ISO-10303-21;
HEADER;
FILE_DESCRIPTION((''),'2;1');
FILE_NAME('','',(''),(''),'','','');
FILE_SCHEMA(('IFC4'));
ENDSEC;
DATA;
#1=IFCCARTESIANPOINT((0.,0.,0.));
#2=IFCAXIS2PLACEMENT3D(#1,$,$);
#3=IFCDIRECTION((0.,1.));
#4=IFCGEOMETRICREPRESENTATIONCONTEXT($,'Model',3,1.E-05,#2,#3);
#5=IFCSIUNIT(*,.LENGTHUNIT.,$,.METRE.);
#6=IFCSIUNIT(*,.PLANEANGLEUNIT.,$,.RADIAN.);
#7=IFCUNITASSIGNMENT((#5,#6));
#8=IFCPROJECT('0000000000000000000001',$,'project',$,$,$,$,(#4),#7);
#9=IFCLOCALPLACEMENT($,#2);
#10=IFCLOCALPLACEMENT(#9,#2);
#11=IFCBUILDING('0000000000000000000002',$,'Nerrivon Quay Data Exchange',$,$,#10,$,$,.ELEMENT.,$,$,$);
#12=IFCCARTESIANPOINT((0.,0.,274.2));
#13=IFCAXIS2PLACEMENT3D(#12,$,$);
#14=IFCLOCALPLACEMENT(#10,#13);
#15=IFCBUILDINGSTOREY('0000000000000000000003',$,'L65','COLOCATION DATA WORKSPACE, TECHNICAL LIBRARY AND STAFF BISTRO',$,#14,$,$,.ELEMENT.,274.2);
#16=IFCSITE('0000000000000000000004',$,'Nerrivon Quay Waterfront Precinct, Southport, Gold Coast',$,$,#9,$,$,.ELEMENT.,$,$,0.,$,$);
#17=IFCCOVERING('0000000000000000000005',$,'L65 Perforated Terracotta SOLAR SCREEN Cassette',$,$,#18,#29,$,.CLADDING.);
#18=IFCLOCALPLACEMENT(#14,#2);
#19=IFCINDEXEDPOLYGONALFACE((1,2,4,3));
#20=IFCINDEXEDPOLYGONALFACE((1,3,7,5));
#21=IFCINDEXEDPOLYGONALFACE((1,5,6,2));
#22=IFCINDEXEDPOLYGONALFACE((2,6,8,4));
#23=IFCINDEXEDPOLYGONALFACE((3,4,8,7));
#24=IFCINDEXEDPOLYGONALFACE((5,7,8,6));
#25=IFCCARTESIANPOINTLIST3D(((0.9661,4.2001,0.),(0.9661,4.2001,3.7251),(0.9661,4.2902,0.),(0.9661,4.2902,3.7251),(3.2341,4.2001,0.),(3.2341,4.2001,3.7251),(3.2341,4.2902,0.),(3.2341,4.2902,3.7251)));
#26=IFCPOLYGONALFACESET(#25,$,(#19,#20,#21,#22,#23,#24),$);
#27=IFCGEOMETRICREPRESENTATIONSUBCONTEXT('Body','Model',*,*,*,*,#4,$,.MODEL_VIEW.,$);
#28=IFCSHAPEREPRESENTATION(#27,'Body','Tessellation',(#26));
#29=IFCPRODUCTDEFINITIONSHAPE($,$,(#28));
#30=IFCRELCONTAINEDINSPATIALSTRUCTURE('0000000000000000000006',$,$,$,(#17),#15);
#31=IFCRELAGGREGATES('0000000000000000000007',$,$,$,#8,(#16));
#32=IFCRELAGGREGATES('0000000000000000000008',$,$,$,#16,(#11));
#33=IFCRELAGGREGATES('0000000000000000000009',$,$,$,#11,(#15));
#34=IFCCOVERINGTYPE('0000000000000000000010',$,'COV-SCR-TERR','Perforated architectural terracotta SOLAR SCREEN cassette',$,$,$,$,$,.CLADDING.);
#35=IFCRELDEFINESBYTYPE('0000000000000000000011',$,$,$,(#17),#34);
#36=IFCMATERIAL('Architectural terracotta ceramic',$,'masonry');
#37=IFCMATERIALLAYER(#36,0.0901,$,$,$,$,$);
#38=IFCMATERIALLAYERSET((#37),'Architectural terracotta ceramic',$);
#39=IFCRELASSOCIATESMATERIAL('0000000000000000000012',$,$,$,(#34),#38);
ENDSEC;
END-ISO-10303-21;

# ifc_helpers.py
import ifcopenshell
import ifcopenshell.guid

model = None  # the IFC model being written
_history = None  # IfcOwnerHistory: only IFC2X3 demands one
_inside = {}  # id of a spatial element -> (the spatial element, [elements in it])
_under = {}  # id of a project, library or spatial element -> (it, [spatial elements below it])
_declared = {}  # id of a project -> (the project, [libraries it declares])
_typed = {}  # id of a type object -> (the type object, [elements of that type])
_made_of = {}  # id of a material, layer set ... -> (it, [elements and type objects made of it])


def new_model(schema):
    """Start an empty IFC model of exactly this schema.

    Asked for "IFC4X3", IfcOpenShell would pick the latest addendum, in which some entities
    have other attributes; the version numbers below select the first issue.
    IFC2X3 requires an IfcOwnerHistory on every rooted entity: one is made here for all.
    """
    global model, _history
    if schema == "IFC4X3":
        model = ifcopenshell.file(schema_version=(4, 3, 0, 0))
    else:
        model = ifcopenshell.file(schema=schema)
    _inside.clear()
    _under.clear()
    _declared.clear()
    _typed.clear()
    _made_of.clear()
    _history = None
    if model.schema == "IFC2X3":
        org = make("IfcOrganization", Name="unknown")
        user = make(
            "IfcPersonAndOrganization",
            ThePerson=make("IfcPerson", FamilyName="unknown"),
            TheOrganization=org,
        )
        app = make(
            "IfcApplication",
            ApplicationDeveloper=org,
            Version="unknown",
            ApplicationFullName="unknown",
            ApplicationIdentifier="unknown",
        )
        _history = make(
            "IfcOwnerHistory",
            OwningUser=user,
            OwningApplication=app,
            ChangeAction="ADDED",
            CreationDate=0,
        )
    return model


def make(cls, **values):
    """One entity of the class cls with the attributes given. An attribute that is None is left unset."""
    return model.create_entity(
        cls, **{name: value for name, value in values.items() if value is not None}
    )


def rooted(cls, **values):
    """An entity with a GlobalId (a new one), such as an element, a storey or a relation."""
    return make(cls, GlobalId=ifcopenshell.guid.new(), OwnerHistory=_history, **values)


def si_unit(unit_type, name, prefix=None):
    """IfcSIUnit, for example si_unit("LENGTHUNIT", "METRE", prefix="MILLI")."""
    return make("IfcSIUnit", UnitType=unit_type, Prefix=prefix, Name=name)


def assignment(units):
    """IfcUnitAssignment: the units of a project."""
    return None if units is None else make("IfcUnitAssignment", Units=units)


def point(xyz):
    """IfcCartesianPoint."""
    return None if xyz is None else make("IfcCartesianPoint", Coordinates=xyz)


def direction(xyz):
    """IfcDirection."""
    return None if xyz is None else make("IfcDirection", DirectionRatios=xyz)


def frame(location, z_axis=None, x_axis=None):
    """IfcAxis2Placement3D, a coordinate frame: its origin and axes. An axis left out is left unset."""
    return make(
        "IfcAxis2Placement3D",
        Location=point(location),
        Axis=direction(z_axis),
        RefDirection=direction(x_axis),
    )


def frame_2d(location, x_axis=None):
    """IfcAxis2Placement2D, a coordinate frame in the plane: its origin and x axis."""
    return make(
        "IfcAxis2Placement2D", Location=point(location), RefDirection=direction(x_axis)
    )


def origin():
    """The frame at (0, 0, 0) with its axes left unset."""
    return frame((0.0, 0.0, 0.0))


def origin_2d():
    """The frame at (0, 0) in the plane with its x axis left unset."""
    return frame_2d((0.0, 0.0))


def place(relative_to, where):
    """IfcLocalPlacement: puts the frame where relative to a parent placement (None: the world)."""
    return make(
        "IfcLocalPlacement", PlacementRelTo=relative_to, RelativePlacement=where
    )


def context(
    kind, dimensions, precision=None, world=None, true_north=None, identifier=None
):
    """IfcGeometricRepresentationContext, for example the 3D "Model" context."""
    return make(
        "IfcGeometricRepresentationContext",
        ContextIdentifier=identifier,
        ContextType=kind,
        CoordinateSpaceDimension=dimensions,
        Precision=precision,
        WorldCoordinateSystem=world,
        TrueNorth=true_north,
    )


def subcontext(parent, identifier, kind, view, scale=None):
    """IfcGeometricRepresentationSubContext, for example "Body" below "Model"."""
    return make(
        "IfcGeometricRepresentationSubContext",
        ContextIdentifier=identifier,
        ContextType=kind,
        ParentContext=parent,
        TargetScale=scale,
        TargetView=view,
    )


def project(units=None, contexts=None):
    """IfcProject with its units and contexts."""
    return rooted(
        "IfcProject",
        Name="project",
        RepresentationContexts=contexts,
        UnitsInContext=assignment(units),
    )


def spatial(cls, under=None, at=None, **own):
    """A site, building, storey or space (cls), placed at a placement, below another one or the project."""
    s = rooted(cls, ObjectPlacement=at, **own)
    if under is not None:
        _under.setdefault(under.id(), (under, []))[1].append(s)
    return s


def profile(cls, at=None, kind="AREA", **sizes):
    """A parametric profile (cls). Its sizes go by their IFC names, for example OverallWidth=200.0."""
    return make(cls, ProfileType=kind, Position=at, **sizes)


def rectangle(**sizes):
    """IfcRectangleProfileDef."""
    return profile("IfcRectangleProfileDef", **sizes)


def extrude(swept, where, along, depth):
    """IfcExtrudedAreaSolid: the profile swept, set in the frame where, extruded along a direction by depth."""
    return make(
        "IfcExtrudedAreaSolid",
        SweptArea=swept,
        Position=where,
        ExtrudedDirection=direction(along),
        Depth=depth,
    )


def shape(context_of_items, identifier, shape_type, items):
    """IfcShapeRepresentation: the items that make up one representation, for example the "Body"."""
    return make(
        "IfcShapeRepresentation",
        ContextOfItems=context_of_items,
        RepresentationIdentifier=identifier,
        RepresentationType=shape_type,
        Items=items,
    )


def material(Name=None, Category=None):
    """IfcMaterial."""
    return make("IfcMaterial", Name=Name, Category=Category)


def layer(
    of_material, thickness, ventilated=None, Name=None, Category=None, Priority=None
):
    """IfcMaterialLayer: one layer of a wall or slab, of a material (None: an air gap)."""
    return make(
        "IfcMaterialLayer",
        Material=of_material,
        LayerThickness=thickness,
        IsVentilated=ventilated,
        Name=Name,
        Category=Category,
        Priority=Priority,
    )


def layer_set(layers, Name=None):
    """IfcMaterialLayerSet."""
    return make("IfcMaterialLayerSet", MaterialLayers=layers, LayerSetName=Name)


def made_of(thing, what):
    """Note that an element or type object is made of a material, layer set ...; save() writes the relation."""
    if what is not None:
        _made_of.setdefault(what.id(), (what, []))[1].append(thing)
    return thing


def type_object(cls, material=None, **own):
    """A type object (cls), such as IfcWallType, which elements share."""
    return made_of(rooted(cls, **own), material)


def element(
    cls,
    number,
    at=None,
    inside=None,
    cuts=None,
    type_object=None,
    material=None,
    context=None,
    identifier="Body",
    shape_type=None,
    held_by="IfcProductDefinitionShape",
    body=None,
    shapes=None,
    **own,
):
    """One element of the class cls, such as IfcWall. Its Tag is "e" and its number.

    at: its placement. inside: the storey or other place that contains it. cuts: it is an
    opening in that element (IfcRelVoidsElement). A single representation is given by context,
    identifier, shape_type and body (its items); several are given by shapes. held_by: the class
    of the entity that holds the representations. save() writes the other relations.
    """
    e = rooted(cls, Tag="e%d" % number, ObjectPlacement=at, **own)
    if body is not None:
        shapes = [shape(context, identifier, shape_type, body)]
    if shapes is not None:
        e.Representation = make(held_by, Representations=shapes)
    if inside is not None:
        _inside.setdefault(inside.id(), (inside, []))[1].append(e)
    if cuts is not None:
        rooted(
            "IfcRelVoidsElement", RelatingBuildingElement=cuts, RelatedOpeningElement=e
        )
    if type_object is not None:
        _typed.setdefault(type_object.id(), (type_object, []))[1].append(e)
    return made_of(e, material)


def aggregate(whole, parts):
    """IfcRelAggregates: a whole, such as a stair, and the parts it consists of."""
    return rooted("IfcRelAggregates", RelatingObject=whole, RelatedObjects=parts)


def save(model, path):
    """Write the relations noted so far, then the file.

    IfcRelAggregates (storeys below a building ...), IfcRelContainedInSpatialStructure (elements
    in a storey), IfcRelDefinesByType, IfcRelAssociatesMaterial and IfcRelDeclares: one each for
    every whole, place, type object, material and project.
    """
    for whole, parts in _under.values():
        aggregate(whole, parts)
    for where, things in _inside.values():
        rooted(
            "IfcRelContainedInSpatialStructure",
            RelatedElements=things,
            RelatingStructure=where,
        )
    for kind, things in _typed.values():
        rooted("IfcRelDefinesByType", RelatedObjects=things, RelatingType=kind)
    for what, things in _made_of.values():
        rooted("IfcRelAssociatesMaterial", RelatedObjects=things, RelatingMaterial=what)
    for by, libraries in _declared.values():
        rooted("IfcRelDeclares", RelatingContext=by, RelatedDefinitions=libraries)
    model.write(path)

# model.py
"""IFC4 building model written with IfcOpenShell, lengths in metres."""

from ifc_helpers import new_model, si_unit, direction, frame, origin, origin_2d, place, context, subcontext, project, spatial, rectangle, extrude, material, layer, layer_set, type_object, element, save


model = new_model("IFC4")

# Units and contexts
model_context = context("Model", 3, precision=1e-05, world=origin(), true_north=direction((0.0, 1.0)))
body_context = subcontext(model_context, "Body", "Model", "MODEL_VIEW")
ifc_project = project(units=[si_unit("LENGTHUNIT", "METRE"), si_unit("PLANEANGLEUNIT", "RADIAN")], contexts=[model_context])

# Site, building, storey
site_placement = place(None, origin())
site = spatial("IfcSite", under=ifc_project, at=site_placement, Name="Nerrivon Quay Waterfront Precinct, Southport, Gold Coast", CompositionType="ELEMENT", RefElevation=0.0)
building_placement = place(site_placement, origin())
building = spatial("IfcBuilding", under=site, at=building_placement, Name="Nerrivon Quay Data Exchange", CompositionType="ELEMENT")
storey_placement = place(building_placement, frame((0.0, 0.0, 274.2)))
storey = spatial("IfcBuildingStorey", under=building, at=storey_placement, Name="L65", Description="COLOCATION DATA WORKSPACE, TECHNICAL LIBRARY AND STAFF BISTRO", CompositionType="ELEMENT", Elevation=274.2)

# Covering
ifc_material_1 = material(Name="Architectural terracotta ceramic", Category="masonry")
ifc_layer_1 = layer(ifc_material_1, 0.0901)
ifc_layer_set_1 = layer_set([ifc_layer_1], Name="Architectural terracotta ceramic")
covering_type = type_object("IfcCoveringType", Name="COV-SCR-TERR", Description="Perforated architectural terracotta SOLAR SCREEN cassette", PredefinedType="CLADDING", material=ifc_layer_set_1)
for number, where, z_axis, x_axis, name in (
    (1, (2.1001, 4.2451, 0.0), (0.0, 0.0, 1.0), (-1.0, 0.0, 0.0), "L65 Perforated Terracotta SOLAR SCREEN Cassette"),
):
    element("IfcCovering", number, at=place(storey_placement, frame(where, z_axis=z_axis, x_axis=x_axis)), inside=storey, type_object=covering_type, Name=name, PredefinedType="CLADDING", context=body_context, shape_type="SweptSolid", body=[
        extrude(rectangle(XDim=2.2681, YDim=0.0901, at=origin_2d()), origin(), (0.0, 0.0, 1.0), 3.7251),
    ])

save(model, "model.ifc")
